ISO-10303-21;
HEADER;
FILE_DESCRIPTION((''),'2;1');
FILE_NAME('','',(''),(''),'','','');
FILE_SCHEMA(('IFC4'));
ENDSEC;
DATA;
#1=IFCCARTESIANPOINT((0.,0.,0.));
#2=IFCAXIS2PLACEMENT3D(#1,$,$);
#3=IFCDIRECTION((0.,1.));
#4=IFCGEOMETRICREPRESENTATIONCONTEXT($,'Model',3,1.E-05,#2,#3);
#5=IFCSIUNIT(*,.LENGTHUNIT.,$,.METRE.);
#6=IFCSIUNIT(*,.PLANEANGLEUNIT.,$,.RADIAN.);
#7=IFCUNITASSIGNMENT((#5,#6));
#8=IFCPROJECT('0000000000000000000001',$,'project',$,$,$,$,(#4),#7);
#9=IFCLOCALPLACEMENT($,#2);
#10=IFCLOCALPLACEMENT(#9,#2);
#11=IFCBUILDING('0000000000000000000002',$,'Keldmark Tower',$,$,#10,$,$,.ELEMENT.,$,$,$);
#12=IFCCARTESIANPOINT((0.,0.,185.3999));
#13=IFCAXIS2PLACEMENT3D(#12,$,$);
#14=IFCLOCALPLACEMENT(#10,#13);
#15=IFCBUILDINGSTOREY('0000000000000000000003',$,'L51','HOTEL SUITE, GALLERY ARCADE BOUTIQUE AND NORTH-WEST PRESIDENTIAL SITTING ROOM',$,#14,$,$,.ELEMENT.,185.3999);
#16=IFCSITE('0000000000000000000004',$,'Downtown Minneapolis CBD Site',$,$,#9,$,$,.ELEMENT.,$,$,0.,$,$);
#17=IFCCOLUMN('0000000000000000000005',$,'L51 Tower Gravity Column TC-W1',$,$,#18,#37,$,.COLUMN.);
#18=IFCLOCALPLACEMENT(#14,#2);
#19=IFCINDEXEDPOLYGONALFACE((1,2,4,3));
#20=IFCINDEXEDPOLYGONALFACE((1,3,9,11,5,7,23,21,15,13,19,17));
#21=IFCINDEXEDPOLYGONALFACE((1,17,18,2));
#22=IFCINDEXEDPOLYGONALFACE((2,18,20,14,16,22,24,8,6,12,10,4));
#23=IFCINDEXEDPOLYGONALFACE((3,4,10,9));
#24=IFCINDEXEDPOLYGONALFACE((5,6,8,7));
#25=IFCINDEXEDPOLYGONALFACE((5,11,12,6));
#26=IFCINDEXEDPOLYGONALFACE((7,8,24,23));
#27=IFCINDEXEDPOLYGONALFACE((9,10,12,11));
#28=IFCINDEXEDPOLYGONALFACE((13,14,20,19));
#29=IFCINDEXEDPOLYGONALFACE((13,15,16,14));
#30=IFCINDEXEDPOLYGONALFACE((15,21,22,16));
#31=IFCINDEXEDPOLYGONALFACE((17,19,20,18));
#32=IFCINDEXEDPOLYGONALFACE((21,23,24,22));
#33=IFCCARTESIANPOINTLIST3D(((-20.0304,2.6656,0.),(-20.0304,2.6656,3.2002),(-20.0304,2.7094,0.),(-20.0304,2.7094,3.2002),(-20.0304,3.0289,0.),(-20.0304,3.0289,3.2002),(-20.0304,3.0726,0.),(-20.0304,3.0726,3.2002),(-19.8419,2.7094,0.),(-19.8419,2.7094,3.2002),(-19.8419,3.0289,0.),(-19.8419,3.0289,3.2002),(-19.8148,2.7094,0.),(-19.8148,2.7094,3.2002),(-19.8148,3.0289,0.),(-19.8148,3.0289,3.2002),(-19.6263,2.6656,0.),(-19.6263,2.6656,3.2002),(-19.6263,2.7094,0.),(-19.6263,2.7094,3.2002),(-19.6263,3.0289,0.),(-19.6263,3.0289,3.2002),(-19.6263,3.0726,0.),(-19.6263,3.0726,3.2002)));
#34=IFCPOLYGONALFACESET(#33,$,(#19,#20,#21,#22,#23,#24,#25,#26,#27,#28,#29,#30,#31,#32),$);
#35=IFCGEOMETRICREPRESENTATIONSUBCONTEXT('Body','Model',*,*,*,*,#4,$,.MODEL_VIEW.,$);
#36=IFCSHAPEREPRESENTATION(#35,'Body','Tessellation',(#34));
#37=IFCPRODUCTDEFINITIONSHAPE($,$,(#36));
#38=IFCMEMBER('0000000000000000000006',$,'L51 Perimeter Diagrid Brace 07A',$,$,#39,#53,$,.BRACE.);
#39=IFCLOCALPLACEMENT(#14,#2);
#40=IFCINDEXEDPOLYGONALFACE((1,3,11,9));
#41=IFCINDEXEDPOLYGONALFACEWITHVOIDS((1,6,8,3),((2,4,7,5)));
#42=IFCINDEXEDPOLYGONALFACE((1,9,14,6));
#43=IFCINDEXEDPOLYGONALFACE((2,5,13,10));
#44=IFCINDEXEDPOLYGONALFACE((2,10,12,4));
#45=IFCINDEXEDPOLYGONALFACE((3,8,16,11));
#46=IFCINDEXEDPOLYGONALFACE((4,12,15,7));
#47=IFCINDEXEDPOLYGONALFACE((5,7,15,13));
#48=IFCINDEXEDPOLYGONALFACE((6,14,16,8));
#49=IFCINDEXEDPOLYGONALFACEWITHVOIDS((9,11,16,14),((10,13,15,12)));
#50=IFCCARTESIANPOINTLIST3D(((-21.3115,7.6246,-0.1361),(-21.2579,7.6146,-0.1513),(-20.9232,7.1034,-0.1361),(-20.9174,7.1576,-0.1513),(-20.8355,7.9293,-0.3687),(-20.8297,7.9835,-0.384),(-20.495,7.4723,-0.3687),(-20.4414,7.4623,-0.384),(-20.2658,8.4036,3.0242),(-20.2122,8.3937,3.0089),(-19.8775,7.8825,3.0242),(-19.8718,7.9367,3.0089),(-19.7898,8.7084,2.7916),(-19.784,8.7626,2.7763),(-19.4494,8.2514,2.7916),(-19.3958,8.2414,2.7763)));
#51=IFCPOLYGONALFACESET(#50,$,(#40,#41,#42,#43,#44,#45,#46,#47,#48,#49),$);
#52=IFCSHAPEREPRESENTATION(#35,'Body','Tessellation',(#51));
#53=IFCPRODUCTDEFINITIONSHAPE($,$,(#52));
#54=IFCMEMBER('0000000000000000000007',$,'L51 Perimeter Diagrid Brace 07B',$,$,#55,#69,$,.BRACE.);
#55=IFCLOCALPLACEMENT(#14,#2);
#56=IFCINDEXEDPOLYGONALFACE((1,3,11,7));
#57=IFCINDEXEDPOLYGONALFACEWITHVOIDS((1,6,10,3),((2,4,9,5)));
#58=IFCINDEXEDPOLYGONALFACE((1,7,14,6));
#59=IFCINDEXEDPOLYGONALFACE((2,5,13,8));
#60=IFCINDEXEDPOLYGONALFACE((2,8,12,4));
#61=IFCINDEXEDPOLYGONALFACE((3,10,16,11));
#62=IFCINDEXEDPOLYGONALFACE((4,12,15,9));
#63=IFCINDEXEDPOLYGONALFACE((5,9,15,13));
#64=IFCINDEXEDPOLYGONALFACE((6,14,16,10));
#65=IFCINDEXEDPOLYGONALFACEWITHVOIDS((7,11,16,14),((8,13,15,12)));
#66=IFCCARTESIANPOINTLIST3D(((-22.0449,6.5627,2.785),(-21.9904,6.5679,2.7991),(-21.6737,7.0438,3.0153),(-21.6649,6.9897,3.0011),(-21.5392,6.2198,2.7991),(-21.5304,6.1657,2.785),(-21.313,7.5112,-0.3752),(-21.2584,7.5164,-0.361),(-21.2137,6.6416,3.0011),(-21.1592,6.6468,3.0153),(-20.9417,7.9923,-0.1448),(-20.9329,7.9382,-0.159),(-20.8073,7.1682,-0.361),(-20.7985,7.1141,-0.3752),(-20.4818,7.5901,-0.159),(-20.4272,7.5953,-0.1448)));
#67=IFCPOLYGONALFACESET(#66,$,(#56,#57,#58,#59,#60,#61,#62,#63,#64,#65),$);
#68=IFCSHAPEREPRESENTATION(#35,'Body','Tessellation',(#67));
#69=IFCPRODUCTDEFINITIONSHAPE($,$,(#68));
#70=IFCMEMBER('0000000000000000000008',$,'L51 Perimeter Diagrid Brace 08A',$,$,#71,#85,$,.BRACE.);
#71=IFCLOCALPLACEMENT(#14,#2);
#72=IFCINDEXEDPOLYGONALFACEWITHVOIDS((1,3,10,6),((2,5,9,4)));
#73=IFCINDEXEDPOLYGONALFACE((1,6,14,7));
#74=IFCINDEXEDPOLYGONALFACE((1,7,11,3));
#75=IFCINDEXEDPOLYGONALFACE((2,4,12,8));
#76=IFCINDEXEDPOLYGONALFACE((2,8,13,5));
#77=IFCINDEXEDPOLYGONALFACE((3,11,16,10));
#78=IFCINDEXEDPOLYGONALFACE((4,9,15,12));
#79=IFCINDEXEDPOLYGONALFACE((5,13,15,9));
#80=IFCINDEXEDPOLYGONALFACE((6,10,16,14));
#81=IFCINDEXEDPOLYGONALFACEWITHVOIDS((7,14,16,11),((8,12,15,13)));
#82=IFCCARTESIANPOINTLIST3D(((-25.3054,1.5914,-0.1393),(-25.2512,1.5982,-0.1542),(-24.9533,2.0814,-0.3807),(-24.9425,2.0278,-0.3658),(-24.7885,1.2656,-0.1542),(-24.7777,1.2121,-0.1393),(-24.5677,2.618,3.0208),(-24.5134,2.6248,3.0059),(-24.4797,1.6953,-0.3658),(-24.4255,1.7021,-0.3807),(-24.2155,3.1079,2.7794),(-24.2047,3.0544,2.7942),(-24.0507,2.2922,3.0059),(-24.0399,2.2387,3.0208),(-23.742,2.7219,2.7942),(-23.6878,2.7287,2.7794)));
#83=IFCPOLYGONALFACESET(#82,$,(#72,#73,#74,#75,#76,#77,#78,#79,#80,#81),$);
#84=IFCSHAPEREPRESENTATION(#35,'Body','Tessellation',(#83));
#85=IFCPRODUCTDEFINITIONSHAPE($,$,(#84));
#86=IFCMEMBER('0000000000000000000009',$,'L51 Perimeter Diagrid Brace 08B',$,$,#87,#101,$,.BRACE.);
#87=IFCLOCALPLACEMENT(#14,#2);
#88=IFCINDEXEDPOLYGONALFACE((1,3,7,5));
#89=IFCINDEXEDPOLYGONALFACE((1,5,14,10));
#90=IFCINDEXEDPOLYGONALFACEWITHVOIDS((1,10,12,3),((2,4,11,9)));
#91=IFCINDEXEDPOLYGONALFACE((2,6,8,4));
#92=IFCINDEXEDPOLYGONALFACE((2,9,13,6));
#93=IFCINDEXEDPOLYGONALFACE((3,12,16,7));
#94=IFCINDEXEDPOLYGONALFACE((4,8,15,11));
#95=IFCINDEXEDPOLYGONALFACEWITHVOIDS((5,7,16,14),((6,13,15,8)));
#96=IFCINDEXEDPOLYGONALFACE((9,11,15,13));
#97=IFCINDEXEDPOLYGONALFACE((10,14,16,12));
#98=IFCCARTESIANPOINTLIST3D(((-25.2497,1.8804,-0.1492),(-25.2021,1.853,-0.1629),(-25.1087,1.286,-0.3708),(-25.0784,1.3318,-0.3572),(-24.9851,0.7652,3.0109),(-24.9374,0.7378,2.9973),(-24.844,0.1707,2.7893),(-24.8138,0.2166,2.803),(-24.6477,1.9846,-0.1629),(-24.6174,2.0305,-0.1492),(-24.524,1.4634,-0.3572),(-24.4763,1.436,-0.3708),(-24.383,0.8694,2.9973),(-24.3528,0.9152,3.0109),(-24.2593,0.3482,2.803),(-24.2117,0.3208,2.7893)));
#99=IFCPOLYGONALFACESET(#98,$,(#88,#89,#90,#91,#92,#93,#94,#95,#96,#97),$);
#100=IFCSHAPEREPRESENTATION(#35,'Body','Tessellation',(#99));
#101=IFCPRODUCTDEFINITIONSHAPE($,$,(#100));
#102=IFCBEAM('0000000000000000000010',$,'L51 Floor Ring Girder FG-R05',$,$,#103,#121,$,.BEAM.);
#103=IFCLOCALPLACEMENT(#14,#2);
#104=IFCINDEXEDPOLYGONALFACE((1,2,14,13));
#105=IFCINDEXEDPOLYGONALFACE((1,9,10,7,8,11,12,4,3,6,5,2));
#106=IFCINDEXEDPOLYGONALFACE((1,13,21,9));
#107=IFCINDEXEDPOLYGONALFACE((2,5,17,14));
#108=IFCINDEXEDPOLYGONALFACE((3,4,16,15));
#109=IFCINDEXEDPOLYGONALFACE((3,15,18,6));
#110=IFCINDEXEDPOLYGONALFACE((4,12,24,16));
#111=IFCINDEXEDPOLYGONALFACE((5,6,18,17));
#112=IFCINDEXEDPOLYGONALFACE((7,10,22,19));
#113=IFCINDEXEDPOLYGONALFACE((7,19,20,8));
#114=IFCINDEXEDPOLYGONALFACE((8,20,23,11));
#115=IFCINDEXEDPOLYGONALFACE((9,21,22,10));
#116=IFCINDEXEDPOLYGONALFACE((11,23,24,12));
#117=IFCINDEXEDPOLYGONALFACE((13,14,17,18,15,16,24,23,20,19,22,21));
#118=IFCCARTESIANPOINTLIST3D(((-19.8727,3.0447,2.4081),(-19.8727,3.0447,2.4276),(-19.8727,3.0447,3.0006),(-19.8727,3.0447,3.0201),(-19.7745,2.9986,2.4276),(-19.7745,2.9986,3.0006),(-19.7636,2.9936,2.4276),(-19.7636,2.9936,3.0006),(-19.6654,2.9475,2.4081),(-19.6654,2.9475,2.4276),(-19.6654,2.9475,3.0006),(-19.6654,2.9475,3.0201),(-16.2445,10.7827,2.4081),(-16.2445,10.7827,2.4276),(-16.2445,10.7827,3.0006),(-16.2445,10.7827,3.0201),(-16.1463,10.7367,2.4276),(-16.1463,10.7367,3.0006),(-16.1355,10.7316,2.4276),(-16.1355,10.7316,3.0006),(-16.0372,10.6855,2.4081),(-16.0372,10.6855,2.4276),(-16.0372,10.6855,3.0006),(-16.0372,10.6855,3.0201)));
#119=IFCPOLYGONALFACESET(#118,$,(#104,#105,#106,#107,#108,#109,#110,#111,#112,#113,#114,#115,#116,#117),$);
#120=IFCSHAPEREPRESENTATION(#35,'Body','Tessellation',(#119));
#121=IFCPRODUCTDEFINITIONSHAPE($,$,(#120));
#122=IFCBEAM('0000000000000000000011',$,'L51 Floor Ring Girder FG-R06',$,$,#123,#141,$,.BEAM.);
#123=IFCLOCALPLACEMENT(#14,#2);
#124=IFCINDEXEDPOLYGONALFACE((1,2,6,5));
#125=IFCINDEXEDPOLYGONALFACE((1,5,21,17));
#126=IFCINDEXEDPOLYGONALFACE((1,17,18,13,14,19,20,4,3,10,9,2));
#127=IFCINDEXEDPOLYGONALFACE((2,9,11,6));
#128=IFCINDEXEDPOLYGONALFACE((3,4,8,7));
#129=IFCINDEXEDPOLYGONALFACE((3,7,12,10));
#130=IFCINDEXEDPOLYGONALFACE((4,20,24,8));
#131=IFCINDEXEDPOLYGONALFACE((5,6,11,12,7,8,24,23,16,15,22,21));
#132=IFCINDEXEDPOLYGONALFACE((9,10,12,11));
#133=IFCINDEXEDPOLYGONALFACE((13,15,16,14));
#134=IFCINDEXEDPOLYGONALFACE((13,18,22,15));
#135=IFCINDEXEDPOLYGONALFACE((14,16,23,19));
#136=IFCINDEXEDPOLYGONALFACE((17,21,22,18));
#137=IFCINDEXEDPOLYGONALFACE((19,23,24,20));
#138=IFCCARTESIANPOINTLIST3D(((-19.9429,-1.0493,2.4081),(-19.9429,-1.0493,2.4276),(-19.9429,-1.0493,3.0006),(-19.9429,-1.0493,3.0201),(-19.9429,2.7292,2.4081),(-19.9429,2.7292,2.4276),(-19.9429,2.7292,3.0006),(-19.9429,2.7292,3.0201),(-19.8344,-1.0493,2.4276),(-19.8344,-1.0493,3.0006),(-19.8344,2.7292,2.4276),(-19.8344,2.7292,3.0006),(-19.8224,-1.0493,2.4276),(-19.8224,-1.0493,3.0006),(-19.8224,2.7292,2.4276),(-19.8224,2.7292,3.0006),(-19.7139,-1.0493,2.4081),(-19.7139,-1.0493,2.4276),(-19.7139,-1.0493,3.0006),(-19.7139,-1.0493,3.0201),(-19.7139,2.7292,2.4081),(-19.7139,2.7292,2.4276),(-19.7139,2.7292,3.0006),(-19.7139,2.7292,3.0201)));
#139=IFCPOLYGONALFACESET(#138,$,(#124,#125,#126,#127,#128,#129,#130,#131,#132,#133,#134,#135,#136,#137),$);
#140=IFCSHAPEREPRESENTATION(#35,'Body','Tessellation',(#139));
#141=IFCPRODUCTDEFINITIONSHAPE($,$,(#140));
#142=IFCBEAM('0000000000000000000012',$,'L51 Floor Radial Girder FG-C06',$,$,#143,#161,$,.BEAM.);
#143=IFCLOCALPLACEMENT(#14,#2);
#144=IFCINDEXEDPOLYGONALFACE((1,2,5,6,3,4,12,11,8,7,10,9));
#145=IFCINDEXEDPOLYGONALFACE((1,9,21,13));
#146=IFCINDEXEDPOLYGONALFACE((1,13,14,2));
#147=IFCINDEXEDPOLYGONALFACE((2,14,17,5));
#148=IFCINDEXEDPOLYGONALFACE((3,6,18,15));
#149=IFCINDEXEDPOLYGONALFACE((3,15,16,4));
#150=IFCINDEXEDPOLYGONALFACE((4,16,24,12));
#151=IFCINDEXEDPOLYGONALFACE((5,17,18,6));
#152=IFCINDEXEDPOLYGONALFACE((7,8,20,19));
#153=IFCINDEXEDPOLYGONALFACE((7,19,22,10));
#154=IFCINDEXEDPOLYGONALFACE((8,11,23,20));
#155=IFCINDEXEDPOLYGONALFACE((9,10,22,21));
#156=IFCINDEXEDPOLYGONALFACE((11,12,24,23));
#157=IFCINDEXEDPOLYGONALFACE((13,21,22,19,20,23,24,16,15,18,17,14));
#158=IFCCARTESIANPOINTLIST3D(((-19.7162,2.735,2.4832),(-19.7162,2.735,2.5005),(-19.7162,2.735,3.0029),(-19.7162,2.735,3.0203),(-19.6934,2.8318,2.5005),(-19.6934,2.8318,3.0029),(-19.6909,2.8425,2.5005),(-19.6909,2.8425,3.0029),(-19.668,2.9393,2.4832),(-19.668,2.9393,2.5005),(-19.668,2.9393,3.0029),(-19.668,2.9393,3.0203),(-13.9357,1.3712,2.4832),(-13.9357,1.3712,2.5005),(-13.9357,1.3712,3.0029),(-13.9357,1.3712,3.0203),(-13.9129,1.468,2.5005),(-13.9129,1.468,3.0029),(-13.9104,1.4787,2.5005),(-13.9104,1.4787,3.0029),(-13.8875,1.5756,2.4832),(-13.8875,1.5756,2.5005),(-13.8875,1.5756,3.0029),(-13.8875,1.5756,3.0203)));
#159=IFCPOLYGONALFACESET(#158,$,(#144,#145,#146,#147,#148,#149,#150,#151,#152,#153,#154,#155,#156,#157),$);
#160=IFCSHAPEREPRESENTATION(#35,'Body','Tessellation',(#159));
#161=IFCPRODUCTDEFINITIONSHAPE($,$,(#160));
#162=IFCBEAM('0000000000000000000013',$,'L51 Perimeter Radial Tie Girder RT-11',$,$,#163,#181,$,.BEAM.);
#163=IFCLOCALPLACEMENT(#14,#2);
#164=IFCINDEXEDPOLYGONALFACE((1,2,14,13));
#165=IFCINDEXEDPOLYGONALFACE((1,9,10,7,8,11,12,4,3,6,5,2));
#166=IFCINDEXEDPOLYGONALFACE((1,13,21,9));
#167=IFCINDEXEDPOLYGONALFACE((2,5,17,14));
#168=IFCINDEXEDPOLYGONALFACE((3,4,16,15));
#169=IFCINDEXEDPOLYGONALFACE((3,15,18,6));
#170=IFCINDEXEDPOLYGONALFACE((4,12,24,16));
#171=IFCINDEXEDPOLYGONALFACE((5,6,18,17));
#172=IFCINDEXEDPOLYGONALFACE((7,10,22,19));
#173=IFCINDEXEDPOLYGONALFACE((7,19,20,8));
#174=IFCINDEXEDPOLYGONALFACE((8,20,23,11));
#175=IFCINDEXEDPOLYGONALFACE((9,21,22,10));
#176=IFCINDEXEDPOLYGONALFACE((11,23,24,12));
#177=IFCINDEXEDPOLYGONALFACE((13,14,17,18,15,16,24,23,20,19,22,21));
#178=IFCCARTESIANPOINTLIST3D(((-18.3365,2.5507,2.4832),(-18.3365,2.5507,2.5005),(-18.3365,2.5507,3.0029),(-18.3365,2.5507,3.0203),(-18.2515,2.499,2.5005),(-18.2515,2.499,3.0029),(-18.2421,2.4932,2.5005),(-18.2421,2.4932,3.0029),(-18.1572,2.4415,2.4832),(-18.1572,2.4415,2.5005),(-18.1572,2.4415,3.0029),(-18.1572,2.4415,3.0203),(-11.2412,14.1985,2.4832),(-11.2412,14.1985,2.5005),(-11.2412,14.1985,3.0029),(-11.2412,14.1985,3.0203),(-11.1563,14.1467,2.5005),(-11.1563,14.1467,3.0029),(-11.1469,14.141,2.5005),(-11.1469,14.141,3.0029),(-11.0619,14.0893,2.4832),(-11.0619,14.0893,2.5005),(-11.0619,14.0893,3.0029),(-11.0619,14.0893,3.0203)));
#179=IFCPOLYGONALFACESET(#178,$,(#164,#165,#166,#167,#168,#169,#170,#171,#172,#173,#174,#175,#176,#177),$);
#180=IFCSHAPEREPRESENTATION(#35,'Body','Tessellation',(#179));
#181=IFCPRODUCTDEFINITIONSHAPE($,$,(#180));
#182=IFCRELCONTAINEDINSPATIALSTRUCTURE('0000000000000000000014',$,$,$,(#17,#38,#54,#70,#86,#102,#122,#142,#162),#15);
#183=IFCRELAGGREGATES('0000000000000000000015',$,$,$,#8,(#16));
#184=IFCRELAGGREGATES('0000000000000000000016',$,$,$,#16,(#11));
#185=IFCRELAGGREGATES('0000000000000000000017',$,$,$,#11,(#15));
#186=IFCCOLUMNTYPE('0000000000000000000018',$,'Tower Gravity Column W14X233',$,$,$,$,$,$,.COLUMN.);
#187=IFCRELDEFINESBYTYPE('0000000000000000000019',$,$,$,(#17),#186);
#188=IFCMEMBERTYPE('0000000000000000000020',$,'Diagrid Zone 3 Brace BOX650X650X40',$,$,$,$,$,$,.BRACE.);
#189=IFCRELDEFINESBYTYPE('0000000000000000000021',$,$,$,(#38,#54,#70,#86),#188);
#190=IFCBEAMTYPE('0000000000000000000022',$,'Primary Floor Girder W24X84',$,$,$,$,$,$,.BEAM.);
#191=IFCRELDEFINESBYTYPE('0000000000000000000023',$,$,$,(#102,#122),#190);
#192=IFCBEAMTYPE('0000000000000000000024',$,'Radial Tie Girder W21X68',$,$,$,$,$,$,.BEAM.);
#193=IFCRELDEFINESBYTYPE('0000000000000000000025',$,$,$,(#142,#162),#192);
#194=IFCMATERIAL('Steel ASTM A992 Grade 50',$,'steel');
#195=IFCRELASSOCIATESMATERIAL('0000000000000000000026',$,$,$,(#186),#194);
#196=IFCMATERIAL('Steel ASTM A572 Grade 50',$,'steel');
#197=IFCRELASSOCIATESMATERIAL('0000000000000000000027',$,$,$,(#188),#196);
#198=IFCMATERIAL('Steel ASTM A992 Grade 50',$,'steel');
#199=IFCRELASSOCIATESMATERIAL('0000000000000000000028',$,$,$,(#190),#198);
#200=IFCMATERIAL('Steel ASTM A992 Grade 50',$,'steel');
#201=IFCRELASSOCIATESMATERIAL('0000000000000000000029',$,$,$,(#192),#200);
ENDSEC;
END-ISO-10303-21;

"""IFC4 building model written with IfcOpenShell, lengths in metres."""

from ifc_helpers import new_model, si_unit, direction, frame, origin, origin_2d, place, context, subcontext, project, spatial, hollow_rectangle, i_section, extrude, material, material_profile, profile_set, type_object, element, save


model = new_model("IFC4")

# Units and contexts
model_context = context("Model", 3, precision=1e-05, world=origin(), true_north=direction((0.0, 1.0)))
body_context = subcontext(model_context, "Body", "Model", "MODEL_VIEW")
ifc_project = project(units=[si_unit("LENGTHUNIT", "METRE"), si_unit("PLANEANGLEUNIT", "RADIAN")], contexts=[model_context])

# Site, building, storey
site_placement = place(None, origin())
site = spatial("IfcSite", under=ifc_project, at=site_placement, Name="Downtown Minneapolis CBD Site", CompositionType="ELEMENT", RefElevation=0.0)
building_placement = place(site_placement, origin())
building = spatial("IfcBuilding", under=site, at=building_placement, Name="Keldmark Tower", CompositionType="ELEMENT")
storey_placement = place(building_placement, frame((0.0, 0.0, 185.3999)))
storey = spatial("IfcBuildingStorey", under=building, at=storey_placement, Name="L51", Description="HOTEL SUITE, GALLERY ARCADE BOUTIQUE AND NORTH-WEST PRESIDENTIAL SITTING ROOM", CompositionType="ELEMENT", Elevation=185.3999)

# Column
ifc_material_1 = material(Name="Steel ASTM A992 Grade 50", Category="steel")
ifc_material_profile_1 = material_profile(ifc_material_1, i_section(OverallWidth=0.4041, OverallDepth=0.407, WebThickness=0.0271, FlangeThickness=0.0437, at=origin_2d()), Name="W14X233")
ifc_profile_set_1 = profile_set([ifc_material_profile_1], Name="Steel ASTM A992 Grade 50")
column_type = type_object("IfcColumnType", Name="Tower Gravity Column W14X233", PredefinedType="COLUMN", material=ifc_profile_set_1)
column_placement = place(storey_placement, frame((-19.8284, 2.8691, 0.0), z_axis=(0.0, 0.0, 1.0), x_axis=(1.0, 0.0, 0.0)))
element("IfcColumn", 1, at=column_placement, inside=storey, type_object=column_type, Name="L51 Tower Gravity Column TC-W1", PredefinedType="COLUMN", context=body_context, shape_type="SweptSolid", body=[
    extrude(i_section(OverallWidth=0.4041, OverallDepth=0.407, WebThickness=0.0271, FlangeThickness=0.0437, at=origin_2d()), origin(), (0.0, 0.0, 1.0), 3.2002),
])

# Members
ifc_material_2 = material(Name="Steel ASTM A572 Grade 50", Category="steel")
ifc_material_profile_2 = material_profile(ifc_material_2, hollow_rectangle(XDim=0.6499, YDim=0.6499, WallThickness=0.04, at=origin_2d()), Name="BOX650X650X40")
ifc_profile_set_2 = profile_set([ifc_material_profile_2], Name="Steel ASTM A572 Grade 50")
member_type = type_object("IfcMemberType", Name="Diagrid Zone 3 Brace BOX650X650X40", PredefinedType="BRACE", material=ifc_profile_set_2)
member_1_placement = place(storey_placement, frame((-20.8765, 7.5435, -0.26), z_axis=(0.305871, 0.227886, 0.924398), x_axis=(-0.597451, 0.801906, 0.0)))
element("IfcMember", 2, at=member_1_placement, inside=storey, type_object=member_type, Name="L51 Perimeter Diagrid Brace 07A", PredefinedType="BRACE", context=body_context, shape_type="SweptSolid", body=[
    extrude(hollow_rectangle(XDim=0.6499, YDim=0.6499, WallThickness=0.04, at=origin_2d()), origin(), (0.0, 0.0, 1.0), 3.4187),
])
member_2_placement = place(storey_placement, frame((-20.8701, 7.5532, -0.26), z_axis=(-0.216572, -0.280647, 0.935058), x_axis=(0.791684, -0.610931, 0.0)))
element("IfcMember", 3, at=member_2_placement, inside=storey, type_object=member_type, Name="L51 Perimeter Diagrid Brace 07B", PredefinedType="BRACE", context=body_context, shape_type="SweptSolid", body=[
    extrude(hollow_rectangle(XDim=0.6499, YDim=0.6499, WallThickness=0.04, at=origin_2d()), origin(), (0.0, 0.0, 1.0), 3.3796),
])
member_3_placement = place(storey_placement, frame((-24.8655, 1.6467, -0.26), z_axis=(0.216765, 0.30162, 0.92846), x_axis=(-0.812047, 0.583592, 0.0)))
element("IfcMember", 4, at=member_3_placement, inside=storey, type_object=member_type, Name="L51 Perimeter Diagrid Brace 08A", PredefinedType="BRACE", context=body_context, shape_type="SweptSolid", body=[
    extrude(hollow_rectangle(XDim=0.6499, YDim=0.6499, WallThickness=0.04, at=origin_2d()), origin(), (0.0, 0.0, 1.0), 3.4036),
])
member_4_placement = place(storey_placement, frame((-24.863, 1.6582, -0.26), z_axis=(0.078727, -0.331757, 0.940074), x_axis=(0.97298, 0.230891, 0.0)))
element("IfcMember", 5, at=member_4_placement, inside=storey, type_object=member_type, Name="L51 Perimeter Diagrid Brace 08B", PredefinedType="BRACE", context=body_context, shape_type="SweptSolid", body=[
    extrude(hollow_rectangle(XDim=0.6499, YDim=0.6499, WallThickness=0.04, at=origin_2d()), origin(), (0.0, 0.0, 1.0), 3.3616),
])

# Beams
ifc_material_3 = material(Name="Steel ASTM A992 Grade 50", Category="steel")
ifc_material_profile_3 = material_profile(ifc_material_3, i_section(OverallWidth=0.229, OverallDepth=0.6121, WebThickness=0.012, FlangeThickness=0.0195, at=origin_2d()), Name="W24X84")
ifc_profile_set_3 = profile_set([ifc_material_profile_3], Name="Steel ASTM A992 Grade 50")
beam_type_1 = type_object("IfcBeamType", Name="Primary Floor Girder W24X84", PredefinedType="BEAM", material=ifc_profile_set_3)
beam_1_placement = place(storey_placement, frame((-16.1409, 10.7341, 2.7141), z_axis=(-0.424527, -0.905415, 0.0), x_axis=(0.905415, -0.424527, 0.0)))
element("IfcBeam", 6, at=beam_1_placement, inside=storey, type_object=beam_type_1, Name="L51 Floor Ring Girder FG-R05", PredefinedType="BEAM", context=body_context, shape_type="SweptSolid", body=[
    extrude(i_section(OverallWidth=0.229, OverallDepth=0.6121, WebThickness=0.012, FlangeThickness=0.0195, at=origin_2d()), origin(), (0.0, 0.0, 1.0), 8.5464),
])
beam_2_placement = place(storey_placement, frame((-19.8284, 2.7292, 2.7141), z_axis=(0.0, -1.0, 0.0), x_axis=(1.0, 0.0, 0.0)))
element("IfcBeam", 7, at=beam_2_placement, inside=storey, type_object=beam_type_1, Name="L51 Floor Ring Girder FG-R06", PredefinedType="BEAM", context=body_context, shape_type="SweptSolid", body=[
    extrude(i_section(OverallWidth=0.229, OverallDepth=0.6121, WebThickness=0.012, FlangeThickness=0.0195, at=origin_2d()), origin(), (0.0, 0.0, 1.0), 3.7786),
])
ifc_material_4 = material(Name="Steel ASTM A992 Grade 50", Category="steel")
ifc_material_profile_4 = material_profile(ifc_material_4, i_section(OverallWidth=0.21, OverallDepth=0.5371, WebThickness=0.011, FlangeThickness=0.0173, at=origin_2d()), Name="W21X68")
ifc_profile_set_4 = profile_set([ifc_material_profile_4], Name="Steel ASTM A992 Grade 50")
beam_type_2 = type_object("IfcBeamType", Name="Radial Tie Girder W21X68", PredefinedType="BEAM", material=ifc_profile_set_4)
beam_3_placement = place(storey_placement, frame((-19.6921, 2.8372, 2.7517), z_axis=(0.97328, -0.229621, 0.0), x_axis=(0.229621, 0.97328, 0.0)))
element("IfcBeam", 8, at=beam_3_placement, inside=storey, type_object=beam_type_2, Name="L51 Floor Radial Girder FG-C06", PredefinedType="BEAM", context=body_context, shape_type="SweptSolid", body=[
    extrude(i_section(OverallWidth=0.21, OverallDepth=0.5371, WebThickness=0.011, FlangeThickness=0.0173, at=origin_2d()), origin(), (0.0, 0.0, 1.0), 5.9392),
])
beam_4_placement = place(storey_placement, frame((-18.2468, 2.4961, 2.7517), z_axis=(0.520231, 0.854026, 0.0), x_axis=(-0.854026, 0.520231, 0.0)))
element("IfcBeam", 9, at=beam_4_placement, inside=storey, type_object=beam_type_2, Name="L51 Perimeter Radial Tie Girder RT-11", PredefinedType="BEAM", context=body_context, shape_type="SweptSolid", body=[
    extrude(i_section(OverallWidth=0.21, OverallDepth=0.5371, WebThickness=0.011, FlangeThickness=0.0173, at=origin_2d()), origin(), (0.0, 0.0, 1.0), 13.6387),
])

save(model, "model.ifc")
